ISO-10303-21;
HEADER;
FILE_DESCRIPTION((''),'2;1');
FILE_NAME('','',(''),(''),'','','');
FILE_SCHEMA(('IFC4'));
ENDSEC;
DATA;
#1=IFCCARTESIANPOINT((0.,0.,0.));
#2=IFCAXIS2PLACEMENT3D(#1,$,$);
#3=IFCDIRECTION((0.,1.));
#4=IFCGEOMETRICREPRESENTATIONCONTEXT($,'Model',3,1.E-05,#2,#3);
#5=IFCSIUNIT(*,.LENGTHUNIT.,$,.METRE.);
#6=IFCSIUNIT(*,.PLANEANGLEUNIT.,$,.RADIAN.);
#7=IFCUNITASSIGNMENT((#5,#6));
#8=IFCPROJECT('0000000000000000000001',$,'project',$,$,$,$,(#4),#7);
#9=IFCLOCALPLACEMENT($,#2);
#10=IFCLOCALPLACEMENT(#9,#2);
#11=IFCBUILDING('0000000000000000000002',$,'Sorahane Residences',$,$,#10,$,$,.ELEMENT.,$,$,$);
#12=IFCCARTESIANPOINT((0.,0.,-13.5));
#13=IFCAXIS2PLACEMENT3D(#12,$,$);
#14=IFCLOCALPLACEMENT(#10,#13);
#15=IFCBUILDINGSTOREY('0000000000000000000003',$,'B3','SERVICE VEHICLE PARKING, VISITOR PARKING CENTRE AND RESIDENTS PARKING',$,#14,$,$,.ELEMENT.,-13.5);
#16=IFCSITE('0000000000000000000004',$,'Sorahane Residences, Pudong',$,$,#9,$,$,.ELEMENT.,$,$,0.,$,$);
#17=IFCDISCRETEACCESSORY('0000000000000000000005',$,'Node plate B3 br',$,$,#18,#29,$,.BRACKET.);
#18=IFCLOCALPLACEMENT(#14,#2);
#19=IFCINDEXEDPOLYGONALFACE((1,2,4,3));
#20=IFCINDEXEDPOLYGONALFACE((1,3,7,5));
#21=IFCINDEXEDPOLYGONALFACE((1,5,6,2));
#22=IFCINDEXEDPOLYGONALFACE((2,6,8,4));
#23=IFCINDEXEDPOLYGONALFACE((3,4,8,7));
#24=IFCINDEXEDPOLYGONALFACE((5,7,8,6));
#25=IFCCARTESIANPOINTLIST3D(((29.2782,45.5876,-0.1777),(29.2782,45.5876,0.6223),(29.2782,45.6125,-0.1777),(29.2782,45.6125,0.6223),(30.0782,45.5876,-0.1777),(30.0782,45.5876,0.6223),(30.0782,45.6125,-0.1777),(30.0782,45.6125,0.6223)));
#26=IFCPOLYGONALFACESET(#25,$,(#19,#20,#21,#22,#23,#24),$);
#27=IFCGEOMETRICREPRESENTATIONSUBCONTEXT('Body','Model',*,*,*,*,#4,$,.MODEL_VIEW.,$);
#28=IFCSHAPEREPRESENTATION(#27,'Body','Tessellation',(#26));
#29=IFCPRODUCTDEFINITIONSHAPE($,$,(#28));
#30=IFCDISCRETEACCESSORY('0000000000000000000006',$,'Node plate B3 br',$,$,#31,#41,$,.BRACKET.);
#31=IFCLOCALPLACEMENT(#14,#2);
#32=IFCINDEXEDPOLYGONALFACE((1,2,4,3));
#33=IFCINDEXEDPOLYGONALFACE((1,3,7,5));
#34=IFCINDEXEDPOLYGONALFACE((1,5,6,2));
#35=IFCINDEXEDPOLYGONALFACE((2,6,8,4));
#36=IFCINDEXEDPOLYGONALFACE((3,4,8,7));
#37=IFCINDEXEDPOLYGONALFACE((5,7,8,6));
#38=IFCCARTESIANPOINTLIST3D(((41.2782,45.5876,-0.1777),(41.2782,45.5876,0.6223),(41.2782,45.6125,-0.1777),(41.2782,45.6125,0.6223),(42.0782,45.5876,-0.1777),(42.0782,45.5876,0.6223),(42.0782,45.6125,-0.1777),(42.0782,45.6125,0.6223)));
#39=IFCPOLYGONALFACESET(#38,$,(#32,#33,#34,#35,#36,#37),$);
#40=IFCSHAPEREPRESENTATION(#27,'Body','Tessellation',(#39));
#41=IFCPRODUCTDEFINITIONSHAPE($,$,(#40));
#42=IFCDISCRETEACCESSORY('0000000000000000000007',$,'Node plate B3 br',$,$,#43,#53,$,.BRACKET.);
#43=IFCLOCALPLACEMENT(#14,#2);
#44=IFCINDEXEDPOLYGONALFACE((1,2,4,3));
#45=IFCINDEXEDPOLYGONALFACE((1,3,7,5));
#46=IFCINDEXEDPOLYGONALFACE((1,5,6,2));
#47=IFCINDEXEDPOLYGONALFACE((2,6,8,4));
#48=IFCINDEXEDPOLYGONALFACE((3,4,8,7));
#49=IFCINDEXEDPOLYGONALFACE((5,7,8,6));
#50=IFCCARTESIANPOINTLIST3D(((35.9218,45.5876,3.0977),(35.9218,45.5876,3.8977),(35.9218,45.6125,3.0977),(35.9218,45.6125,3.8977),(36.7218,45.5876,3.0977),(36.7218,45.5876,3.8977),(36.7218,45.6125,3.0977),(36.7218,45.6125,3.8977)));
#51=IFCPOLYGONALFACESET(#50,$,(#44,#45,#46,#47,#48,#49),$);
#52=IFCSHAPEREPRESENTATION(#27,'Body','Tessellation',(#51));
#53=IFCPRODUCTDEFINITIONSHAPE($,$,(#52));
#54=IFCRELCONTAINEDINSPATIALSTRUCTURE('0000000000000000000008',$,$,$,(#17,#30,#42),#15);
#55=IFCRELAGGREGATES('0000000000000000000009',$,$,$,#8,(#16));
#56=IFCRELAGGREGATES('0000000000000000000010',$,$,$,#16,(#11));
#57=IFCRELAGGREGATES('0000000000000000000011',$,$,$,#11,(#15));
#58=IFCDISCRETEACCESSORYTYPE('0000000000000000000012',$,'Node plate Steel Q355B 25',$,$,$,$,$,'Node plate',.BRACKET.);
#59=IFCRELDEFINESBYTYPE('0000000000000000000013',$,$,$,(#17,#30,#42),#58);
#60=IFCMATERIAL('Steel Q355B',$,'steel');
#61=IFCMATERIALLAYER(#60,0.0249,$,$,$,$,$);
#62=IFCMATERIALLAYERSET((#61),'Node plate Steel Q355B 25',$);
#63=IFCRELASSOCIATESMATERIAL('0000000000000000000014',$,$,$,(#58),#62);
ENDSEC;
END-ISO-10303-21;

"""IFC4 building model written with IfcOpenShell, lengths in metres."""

from ifc_helpers import new_model, si_unit, direction, frame, origin, origin_2d, place, context, subcontext, project, spatial, rectangle, extrude, material, layer, layer_set, type_object, element, save


model = new_model("IFC4")

# Units and contexts
model_context = context("Model", 3, precision=1e-05, world=origin(), true_north=direction((0.0, 1.0)))
body_context = subcontext(model_context, "Body", "Model", "MODEL_VIEW")
ifc_project = project(units=[si_unit("LENGTHUNIT", "METRE"), si_unit("PLANEANGLEUNIT", "RADIAN")], contexts=[model_context])

# Site, building, storey
site_placement = place(None, origin())
site = spatial("IfcSite", under=ifc_project, at=site_placement, Name="Sorahane Residences, Pudong", CompositionType="ELEMENT", RefElevation=0.0)
building_placement = place(site_placement, origin())
building = spatial("IfcBuilding", under=site, at=building_placement, Name="Sorahane Residences", CompositionType="ELEMENT")
storey_placement = place(building_placement, frame((0.0, 0.0, -13.5)))
storey = spatial("IfcBuildingStorey", under=building, at=storey_placement, Name="B3", Description="SERVICE VEHICLE PARKING, VISITOR PARKING CENTRE AND RESIDENTS PARKING", CompositionType="ELEMENT", Elevation=-13.5)

# Discrete accessories
ifc_material_1 = material(Name="Steel Q355B", Category="steel")
ifc_layer_1 = layer(ifc_material_1, 0.0249)
ifc_layer_set_1 = layer_set([ifc_layer_1], Name="Node plate Steel Q355B 25")
discrete_accessory_type = type_object("IfcDiscreteAccessoryType", Name="Node plate Steel Q355B 25", ElementType="Node plate", PredefinedType="BRACKET", material=ifc_layer_set_1)
for number, where, z_axis, x_axis, name in (
    (1, (29.6782, 45.6001, -0.1777), (0.0, 0.0, 1.0), (1.0, 0.0, 0.0), "Node plate B3 br"),
    (2, (41.6782, 45.6001, -0.1777), (0.0, 0.0, 1.0), (1.0, 0.0, 0.0), "Node plate B3 br"),
    (3, (36.3218, 45.6001, 3.0977), (0.0, 0.0, 1.0), (1.0, 0.0, 0.0), "Node plate B3 br"),
):
    element("IfcDiscreteAccessory", number, at=place(storey_placement, frame(where, z_axis=z_axis, x_axis=x_axis)), inside=storey, type_object=discrete_accessory_type, Name=name, PredefinedType="BRACKET", context=body_context, shape_type="SweptSolid", body=[
        extrude(rectangle(XDim=0.8, YDim=0.0249, at=origin_2d()), origin(), (0.0, 0.0, 1.0), 0.8),
    ])

save(model, "model.ifc")
